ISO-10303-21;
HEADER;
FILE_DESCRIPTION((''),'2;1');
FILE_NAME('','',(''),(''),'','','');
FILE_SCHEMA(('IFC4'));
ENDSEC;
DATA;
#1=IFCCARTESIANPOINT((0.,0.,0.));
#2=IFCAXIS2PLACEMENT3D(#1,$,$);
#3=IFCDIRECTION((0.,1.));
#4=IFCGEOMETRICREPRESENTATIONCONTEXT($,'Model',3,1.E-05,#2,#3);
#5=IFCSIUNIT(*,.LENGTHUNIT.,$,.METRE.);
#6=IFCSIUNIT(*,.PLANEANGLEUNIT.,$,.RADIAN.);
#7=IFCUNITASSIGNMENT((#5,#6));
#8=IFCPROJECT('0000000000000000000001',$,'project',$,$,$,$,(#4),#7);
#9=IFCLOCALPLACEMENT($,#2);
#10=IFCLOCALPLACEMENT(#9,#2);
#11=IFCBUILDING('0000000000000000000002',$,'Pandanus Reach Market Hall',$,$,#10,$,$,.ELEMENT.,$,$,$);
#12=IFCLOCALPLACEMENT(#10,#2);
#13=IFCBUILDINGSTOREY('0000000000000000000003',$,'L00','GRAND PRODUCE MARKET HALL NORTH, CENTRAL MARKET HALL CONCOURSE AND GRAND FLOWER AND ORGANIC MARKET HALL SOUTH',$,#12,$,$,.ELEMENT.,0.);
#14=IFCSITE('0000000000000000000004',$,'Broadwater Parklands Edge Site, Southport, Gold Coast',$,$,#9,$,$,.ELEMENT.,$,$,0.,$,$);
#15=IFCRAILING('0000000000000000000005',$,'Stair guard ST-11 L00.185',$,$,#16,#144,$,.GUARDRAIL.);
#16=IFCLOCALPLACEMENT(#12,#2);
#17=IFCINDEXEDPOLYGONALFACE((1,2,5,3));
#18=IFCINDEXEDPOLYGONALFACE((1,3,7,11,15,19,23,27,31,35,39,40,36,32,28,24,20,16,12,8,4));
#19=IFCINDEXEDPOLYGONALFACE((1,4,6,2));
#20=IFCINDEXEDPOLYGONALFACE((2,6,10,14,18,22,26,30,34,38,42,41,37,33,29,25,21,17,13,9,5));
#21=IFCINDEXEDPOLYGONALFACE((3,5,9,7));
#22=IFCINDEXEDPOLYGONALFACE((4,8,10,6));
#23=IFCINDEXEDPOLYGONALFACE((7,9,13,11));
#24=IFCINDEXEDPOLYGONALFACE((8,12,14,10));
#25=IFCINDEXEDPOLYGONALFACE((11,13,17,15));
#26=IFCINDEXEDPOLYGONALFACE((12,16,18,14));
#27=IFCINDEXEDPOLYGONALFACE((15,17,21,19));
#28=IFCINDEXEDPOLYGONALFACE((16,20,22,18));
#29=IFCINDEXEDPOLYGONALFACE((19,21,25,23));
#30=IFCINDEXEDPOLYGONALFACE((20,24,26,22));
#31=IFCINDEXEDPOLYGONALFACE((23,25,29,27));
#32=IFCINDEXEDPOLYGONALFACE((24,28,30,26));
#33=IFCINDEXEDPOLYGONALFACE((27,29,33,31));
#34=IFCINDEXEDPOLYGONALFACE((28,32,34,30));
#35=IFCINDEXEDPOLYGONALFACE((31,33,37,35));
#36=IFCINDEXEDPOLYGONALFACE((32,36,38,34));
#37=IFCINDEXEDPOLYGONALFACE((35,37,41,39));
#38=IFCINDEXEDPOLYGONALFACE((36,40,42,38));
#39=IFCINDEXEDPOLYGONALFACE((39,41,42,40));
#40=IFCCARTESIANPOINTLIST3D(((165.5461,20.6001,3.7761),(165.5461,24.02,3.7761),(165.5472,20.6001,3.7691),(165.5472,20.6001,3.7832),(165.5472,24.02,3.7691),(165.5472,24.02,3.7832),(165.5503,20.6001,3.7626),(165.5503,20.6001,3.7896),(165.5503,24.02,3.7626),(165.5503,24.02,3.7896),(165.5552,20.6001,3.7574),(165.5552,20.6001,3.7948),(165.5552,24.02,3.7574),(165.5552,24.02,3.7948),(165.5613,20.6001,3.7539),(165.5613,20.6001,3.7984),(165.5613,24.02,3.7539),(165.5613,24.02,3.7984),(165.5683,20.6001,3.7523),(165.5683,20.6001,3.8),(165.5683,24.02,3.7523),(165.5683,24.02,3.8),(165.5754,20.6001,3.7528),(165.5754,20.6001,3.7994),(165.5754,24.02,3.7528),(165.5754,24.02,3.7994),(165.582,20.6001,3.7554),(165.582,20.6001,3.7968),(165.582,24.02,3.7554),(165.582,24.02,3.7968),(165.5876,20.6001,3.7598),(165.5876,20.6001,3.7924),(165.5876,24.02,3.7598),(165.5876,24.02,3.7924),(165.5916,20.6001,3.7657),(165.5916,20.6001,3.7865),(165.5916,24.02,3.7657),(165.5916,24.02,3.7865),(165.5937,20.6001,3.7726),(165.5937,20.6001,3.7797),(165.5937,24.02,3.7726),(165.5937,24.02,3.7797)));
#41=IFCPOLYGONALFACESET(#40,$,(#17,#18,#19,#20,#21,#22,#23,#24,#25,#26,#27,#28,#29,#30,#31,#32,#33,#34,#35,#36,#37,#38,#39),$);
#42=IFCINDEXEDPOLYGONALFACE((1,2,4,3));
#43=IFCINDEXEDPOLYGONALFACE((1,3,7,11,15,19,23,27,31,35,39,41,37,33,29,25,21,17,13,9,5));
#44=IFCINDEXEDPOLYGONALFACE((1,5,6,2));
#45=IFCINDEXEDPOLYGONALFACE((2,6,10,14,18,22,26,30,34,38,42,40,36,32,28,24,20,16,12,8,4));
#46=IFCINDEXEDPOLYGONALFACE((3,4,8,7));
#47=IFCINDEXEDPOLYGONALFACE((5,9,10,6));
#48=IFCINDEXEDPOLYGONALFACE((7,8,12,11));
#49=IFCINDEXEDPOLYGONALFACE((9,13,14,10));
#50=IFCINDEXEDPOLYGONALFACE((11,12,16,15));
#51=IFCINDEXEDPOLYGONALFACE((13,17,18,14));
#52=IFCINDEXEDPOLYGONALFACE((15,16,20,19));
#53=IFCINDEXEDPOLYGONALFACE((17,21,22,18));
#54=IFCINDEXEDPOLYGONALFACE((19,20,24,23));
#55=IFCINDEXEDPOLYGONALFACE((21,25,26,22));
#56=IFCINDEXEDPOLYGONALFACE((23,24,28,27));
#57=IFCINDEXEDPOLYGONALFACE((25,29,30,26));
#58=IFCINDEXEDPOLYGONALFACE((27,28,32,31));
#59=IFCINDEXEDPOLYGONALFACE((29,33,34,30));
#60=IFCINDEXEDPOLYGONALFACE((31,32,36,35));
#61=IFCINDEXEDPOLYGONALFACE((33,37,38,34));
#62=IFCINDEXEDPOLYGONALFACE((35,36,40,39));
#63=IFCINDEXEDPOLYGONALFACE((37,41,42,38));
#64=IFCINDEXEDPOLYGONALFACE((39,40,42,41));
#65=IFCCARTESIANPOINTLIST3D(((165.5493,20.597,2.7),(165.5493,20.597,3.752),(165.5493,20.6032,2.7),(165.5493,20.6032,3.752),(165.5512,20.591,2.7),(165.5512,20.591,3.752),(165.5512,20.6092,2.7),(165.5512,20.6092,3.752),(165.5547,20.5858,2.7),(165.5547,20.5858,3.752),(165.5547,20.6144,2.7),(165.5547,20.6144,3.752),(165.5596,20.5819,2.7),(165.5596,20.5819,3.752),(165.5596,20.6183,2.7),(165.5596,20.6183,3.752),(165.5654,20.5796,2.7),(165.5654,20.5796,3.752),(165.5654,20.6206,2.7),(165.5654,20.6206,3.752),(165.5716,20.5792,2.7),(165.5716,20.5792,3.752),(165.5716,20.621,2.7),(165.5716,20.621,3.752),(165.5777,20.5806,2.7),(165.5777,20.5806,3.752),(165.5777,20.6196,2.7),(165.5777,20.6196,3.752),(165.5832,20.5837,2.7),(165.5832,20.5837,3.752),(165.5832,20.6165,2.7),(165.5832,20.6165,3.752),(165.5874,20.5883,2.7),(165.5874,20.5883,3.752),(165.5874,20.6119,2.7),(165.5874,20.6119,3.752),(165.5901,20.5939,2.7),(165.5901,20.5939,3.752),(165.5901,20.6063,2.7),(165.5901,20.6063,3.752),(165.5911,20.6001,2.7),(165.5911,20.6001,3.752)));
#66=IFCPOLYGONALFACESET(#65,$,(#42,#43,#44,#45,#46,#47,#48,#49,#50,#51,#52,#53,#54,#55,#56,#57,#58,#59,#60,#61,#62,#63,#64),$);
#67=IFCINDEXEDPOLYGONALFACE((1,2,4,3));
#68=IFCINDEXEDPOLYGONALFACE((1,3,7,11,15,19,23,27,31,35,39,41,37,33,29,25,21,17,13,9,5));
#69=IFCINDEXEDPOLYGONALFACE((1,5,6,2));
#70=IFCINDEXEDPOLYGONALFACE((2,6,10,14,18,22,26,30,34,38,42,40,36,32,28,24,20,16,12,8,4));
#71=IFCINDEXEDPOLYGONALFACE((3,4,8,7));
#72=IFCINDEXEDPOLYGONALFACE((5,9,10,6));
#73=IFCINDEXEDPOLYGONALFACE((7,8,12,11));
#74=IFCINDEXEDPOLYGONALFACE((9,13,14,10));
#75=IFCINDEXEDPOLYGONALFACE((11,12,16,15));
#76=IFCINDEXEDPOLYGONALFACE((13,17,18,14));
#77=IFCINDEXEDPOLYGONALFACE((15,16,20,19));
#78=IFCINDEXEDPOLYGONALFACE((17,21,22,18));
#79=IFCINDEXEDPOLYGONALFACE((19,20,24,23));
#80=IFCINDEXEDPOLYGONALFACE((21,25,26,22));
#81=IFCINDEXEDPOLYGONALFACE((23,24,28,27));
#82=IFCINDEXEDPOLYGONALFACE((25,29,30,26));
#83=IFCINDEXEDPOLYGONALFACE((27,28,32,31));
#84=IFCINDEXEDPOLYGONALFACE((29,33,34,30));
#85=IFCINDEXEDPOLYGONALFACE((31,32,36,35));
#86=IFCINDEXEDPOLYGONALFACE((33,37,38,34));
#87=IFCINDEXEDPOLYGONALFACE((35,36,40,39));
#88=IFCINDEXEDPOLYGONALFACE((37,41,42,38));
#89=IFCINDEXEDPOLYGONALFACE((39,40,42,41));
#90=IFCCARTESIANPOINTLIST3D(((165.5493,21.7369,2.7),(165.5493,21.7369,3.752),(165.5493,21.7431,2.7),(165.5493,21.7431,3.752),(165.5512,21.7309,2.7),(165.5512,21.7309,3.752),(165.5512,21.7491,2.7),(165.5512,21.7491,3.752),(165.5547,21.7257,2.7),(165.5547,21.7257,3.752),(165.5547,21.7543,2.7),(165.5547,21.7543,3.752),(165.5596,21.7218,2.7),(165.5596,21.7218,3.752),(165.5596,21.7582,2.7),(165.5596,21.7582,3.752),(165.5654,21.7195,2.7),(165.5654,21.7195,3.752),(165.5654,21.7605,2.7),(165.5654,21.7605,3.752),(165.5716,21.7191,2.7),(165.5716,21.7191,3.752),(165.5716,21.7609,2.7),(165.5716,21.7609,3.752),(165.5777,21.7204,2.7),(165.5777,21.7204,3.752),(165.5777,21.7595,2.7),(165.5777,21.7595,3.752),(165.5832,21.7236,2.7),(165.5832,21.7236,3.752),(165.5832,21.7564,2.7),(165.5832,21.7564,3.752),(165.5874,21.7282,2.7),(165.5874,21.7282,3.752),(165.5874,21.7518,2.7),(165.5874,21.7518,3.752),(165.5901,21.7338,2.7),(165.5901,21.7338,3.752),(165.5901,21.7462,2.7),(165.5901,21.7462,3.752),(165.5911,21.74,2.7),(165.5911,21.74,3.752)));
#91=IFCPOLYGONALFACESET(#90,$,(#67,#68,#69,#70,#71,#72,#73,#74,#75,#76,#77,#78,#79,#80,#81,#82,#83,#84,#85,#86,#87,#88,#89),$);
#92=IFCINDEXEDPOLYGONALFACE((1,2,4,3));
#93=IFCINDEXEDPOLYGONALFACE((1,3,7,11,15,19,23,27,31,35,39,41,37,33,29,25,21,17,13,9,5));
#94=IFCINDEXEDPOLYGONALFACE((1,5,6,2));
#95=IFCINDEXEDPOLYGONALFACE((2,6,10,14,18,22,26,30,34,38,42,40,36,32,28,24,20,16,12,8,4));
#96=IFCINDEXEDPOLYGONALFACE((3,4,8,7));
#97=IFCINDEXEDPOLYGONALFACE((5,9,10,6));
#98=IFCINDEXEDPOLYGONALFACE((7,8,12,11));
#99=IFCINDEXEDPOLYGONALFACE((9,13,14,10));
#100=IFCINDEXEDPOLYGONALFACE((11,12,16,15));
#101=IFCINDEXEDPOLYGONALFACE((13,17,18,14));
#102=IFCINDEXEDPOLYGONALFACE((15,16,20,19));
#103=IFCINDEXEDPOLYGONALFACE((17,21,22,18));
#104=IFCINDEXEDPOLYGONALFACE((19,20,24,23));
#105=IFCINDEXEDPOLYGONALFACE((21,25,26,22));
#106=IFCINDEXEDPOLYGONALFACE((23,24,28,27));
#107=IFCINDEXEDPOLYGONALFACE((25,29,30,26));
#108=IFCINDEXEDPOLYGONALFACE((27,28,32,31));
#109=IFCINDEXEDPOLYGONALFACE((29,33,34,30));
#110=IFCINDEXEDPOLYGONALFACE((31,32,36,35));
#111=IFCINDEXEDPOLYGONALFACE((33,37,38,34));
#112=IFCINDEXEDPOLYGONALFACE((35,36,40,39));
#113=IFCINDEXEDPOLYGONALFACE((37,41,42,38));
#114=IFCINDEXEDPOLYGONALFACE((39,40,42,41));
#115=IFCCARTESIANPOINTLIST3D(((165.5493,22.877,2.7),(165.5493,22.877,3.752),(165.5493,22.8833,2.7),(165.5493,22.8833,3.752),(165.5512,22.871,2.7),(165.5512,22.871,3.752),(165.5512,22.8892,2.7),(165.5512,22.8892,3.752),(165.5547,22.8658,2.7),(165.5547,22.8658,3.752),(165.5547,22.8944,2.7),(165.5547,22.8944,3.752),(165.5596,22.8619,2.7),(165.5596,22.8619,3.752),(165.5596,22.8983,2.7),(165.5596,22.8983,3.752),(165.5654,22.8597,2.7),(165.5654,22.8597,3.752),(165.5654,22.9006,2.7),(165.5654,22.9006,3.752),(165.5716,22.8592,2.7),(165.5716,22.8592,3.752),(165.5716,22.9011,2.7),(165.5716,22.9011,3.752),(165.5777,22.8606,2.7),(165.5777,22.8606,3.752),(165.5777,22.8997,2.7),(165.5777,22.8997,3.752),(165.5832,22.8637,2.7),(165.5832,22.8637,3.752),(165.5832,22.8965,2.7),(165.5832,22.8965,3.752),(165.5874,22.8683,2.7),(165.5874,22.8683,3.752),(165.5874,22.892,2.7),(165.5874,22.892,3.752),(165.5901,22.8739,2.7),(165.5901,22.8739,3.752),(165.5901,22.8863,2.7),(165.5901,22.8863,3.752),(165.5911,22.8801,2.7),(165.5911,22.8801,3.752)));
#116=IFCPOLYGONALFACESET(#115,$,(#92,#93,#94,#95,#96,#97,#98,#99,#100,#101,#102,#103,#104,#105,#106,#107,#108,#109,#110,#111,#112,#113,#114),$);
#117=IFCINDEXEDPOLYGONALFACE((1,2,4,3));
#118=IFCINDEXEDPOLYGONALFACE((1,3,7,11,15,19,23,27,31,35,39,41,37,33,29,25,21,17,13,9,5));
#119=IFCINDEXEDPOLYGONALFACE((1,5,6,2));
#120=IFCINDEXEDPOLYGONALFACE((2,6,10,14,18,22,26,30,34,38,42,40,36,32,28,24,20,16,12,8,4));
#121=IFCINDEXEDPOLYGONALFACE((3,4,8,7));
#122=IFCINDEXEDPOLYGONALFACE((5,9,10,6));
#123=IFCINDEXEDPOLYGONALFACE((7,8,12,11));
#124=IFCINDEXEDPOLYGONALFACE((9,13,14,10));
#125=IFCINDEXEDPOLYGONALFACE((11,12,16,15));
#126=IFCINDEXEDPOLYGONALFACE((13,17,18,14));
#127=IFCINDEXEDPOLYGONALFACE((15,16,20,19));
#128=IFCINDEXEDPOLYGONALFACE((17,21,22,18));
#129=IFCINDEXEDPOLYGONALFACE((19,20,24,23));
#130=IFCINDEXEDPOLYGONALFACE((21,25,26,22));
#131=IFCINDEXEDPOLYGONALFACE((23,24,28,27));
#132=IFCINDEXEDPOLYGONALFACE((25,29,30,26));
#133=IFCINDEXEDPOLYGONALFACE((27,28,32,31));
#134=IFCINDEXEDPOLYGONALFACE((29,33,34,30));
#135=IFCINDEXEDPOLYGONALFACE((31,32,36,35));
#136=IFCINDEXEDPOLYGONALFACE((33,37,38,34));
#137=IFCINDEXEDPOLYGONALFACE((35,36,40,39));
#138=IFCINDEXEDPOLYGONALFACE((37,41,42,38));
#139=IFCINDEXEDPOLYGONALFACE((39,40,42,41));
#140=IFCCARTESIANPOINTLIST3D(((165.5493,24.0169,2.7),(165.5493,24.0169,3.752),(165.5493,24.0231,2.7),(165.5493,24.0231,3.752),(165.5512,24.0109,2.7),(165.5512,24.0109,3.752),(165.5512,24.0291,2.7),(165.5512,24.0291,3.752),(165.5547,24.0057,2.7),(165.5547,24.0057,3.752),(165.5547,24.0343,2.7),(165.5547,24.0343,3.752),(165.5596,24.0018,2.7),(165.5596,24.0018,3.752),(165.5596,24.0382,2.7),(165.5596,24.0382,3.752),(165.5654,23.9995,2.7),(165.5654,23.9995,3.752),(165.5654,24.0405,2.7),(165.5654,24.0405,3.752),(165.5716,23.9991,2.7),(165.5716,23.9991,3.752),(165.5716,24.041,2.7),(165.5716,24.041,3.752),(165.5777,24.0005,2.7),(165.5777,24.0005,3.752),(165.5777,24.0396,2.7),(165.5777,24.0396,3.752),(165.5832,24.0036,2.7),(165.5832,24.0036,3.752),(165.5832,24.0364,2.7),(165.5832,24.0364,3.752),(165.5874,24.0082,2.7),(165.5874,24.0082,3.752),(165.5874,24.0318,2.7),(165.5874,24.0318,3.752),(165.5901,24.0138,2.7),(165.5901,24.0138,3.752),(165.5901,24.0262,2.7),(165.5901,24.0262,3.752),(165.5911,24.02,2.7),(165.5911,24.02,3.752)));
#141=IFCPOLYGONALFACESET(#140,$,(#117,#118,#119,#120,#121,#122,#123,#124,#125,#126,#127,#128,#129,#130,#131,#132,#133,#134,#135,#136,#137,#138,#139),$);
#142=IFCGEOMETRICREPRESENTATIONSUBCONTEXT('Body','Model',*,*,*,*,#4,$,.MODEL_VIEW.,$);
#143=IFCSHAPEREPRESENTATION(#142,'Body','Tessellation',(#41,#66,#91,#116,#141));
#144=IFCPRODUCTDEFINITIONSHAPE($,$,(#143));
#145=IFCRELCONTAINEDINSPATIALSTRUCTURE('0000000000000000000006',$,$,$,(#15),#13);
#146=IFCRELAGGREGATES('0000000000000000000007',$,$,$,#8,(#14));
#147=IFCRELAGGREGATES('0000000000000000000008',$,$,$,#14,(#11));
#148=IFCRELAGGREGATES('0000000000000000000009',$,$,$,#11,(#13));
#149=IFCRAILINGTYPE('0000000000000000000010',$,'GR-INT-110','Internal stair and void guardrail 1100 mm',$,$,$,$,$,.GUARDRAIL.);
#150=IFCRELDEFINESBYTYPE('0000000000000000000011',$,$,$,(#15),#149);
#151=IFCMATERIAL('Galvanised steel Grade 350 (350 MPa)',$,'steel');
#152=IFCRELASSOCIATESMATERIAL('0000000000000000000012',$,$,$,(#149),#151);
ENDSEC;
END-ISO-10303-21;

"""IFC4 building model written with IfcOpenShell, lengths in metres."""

from ifc_helpers import new_model, si_unit, direction, frame, origin, origin_2d, place, context, subcontext, project, spatial, circle, extrude, material, type_object, element, save


model = new_model("IFC4")

# Units and contexts
model_context = context("Model", 3, precision=1e-05, world=origin(), true_north=direction((0.0, 1.0)))
body_context = subcontext(model_context, "Body", "Model", "MODEL_VIEW")
ifc_project = project(units=[si_unit("LENGTHUNIT", "METRE"), si_unit("PLANEANGLEUNIT", "RADIAN")], contexts=[model_context])

# Site, building, storey
site_placement = place(None, origin())
site = spatial("IfcSite", under=ifc_project, at=site_placement, Name="Broadwater Parklands Edge Site, Southport, Gold Coast", CompositionType="ELEMENT", RefElevation=0.0)
building_placement = place(site_placement, origin())
building = spatial("IfcBuilding", under=site, at=building_placement, Name="Pandanus Reach Market Hall", CompositionType="ELEMENT")
storey_placement = place(building_placement, origin())
storey = spatial("IfcBuildingStorey", under=building, at=storey_placement, Name="L00", Description="GRAND PRODUCE MARKET HALL NORTH, CENTRAL MARKET HALL CONCOURSE AND GRAND FLOWER AND ORGANIC MARKET HALL SOUTH", CompositionType="ELEMENT", Elevation=0.0)

# Railing
ifc_material_1 = material(Name="Galvanised steel Grade 350 (350 MPa)", Category="steel")
railing_type = type_object("IfcRailingType", Name="GR-INT-110", Description="Internal stair and void guardrail 1100 mm", PredefinedType="GUARDRAIL", material=ifc_material_1)
railing_1_placement = place(storey_placement, frame((165.5701, 20.6001, 2.7)))
element("IfcRailing", 1, at=railing_1_placement, inside=storey, type_object=railing_type, Name="Stair guard ST-11 L00.185", PredefinedType="GUARDRAIL", context=body_context, shape_type="SweptSolid", body=[
    extrude(circle(Radius=0.0239, at=origin_2d()), frame((0.0, 0.0, 1.0762), z_axis=(0.0, 1.0, 0.0), x_axis=(-1.0, 0.0, 0.0)), (0.0, 0.0, 1.0), 3.4199),
    extrude(circle(Radius=0.021, at=origin_2d()), origin(), (0.0, 0.0, 1.0), 1.052),
    extrude(circle(Radius=0.021, at=origin_2d()), frame((0.0, 1.1399, 0.0)), (0.0, 0.0, 1.0), 1.052),
    extrude(circle(Radius=0.021, at=origin_2d()), frame((0.0, 2.28, 0.0)), (0.0, 0.0, 1.0), 1.052),
    extrude(circle(Radius=0.021, at=origin_2d()), frame((0.0, 3.4199, 0.0)), (0.0, 0.0, 1.0), 1.052),
])

save(model, "model.ifc")
